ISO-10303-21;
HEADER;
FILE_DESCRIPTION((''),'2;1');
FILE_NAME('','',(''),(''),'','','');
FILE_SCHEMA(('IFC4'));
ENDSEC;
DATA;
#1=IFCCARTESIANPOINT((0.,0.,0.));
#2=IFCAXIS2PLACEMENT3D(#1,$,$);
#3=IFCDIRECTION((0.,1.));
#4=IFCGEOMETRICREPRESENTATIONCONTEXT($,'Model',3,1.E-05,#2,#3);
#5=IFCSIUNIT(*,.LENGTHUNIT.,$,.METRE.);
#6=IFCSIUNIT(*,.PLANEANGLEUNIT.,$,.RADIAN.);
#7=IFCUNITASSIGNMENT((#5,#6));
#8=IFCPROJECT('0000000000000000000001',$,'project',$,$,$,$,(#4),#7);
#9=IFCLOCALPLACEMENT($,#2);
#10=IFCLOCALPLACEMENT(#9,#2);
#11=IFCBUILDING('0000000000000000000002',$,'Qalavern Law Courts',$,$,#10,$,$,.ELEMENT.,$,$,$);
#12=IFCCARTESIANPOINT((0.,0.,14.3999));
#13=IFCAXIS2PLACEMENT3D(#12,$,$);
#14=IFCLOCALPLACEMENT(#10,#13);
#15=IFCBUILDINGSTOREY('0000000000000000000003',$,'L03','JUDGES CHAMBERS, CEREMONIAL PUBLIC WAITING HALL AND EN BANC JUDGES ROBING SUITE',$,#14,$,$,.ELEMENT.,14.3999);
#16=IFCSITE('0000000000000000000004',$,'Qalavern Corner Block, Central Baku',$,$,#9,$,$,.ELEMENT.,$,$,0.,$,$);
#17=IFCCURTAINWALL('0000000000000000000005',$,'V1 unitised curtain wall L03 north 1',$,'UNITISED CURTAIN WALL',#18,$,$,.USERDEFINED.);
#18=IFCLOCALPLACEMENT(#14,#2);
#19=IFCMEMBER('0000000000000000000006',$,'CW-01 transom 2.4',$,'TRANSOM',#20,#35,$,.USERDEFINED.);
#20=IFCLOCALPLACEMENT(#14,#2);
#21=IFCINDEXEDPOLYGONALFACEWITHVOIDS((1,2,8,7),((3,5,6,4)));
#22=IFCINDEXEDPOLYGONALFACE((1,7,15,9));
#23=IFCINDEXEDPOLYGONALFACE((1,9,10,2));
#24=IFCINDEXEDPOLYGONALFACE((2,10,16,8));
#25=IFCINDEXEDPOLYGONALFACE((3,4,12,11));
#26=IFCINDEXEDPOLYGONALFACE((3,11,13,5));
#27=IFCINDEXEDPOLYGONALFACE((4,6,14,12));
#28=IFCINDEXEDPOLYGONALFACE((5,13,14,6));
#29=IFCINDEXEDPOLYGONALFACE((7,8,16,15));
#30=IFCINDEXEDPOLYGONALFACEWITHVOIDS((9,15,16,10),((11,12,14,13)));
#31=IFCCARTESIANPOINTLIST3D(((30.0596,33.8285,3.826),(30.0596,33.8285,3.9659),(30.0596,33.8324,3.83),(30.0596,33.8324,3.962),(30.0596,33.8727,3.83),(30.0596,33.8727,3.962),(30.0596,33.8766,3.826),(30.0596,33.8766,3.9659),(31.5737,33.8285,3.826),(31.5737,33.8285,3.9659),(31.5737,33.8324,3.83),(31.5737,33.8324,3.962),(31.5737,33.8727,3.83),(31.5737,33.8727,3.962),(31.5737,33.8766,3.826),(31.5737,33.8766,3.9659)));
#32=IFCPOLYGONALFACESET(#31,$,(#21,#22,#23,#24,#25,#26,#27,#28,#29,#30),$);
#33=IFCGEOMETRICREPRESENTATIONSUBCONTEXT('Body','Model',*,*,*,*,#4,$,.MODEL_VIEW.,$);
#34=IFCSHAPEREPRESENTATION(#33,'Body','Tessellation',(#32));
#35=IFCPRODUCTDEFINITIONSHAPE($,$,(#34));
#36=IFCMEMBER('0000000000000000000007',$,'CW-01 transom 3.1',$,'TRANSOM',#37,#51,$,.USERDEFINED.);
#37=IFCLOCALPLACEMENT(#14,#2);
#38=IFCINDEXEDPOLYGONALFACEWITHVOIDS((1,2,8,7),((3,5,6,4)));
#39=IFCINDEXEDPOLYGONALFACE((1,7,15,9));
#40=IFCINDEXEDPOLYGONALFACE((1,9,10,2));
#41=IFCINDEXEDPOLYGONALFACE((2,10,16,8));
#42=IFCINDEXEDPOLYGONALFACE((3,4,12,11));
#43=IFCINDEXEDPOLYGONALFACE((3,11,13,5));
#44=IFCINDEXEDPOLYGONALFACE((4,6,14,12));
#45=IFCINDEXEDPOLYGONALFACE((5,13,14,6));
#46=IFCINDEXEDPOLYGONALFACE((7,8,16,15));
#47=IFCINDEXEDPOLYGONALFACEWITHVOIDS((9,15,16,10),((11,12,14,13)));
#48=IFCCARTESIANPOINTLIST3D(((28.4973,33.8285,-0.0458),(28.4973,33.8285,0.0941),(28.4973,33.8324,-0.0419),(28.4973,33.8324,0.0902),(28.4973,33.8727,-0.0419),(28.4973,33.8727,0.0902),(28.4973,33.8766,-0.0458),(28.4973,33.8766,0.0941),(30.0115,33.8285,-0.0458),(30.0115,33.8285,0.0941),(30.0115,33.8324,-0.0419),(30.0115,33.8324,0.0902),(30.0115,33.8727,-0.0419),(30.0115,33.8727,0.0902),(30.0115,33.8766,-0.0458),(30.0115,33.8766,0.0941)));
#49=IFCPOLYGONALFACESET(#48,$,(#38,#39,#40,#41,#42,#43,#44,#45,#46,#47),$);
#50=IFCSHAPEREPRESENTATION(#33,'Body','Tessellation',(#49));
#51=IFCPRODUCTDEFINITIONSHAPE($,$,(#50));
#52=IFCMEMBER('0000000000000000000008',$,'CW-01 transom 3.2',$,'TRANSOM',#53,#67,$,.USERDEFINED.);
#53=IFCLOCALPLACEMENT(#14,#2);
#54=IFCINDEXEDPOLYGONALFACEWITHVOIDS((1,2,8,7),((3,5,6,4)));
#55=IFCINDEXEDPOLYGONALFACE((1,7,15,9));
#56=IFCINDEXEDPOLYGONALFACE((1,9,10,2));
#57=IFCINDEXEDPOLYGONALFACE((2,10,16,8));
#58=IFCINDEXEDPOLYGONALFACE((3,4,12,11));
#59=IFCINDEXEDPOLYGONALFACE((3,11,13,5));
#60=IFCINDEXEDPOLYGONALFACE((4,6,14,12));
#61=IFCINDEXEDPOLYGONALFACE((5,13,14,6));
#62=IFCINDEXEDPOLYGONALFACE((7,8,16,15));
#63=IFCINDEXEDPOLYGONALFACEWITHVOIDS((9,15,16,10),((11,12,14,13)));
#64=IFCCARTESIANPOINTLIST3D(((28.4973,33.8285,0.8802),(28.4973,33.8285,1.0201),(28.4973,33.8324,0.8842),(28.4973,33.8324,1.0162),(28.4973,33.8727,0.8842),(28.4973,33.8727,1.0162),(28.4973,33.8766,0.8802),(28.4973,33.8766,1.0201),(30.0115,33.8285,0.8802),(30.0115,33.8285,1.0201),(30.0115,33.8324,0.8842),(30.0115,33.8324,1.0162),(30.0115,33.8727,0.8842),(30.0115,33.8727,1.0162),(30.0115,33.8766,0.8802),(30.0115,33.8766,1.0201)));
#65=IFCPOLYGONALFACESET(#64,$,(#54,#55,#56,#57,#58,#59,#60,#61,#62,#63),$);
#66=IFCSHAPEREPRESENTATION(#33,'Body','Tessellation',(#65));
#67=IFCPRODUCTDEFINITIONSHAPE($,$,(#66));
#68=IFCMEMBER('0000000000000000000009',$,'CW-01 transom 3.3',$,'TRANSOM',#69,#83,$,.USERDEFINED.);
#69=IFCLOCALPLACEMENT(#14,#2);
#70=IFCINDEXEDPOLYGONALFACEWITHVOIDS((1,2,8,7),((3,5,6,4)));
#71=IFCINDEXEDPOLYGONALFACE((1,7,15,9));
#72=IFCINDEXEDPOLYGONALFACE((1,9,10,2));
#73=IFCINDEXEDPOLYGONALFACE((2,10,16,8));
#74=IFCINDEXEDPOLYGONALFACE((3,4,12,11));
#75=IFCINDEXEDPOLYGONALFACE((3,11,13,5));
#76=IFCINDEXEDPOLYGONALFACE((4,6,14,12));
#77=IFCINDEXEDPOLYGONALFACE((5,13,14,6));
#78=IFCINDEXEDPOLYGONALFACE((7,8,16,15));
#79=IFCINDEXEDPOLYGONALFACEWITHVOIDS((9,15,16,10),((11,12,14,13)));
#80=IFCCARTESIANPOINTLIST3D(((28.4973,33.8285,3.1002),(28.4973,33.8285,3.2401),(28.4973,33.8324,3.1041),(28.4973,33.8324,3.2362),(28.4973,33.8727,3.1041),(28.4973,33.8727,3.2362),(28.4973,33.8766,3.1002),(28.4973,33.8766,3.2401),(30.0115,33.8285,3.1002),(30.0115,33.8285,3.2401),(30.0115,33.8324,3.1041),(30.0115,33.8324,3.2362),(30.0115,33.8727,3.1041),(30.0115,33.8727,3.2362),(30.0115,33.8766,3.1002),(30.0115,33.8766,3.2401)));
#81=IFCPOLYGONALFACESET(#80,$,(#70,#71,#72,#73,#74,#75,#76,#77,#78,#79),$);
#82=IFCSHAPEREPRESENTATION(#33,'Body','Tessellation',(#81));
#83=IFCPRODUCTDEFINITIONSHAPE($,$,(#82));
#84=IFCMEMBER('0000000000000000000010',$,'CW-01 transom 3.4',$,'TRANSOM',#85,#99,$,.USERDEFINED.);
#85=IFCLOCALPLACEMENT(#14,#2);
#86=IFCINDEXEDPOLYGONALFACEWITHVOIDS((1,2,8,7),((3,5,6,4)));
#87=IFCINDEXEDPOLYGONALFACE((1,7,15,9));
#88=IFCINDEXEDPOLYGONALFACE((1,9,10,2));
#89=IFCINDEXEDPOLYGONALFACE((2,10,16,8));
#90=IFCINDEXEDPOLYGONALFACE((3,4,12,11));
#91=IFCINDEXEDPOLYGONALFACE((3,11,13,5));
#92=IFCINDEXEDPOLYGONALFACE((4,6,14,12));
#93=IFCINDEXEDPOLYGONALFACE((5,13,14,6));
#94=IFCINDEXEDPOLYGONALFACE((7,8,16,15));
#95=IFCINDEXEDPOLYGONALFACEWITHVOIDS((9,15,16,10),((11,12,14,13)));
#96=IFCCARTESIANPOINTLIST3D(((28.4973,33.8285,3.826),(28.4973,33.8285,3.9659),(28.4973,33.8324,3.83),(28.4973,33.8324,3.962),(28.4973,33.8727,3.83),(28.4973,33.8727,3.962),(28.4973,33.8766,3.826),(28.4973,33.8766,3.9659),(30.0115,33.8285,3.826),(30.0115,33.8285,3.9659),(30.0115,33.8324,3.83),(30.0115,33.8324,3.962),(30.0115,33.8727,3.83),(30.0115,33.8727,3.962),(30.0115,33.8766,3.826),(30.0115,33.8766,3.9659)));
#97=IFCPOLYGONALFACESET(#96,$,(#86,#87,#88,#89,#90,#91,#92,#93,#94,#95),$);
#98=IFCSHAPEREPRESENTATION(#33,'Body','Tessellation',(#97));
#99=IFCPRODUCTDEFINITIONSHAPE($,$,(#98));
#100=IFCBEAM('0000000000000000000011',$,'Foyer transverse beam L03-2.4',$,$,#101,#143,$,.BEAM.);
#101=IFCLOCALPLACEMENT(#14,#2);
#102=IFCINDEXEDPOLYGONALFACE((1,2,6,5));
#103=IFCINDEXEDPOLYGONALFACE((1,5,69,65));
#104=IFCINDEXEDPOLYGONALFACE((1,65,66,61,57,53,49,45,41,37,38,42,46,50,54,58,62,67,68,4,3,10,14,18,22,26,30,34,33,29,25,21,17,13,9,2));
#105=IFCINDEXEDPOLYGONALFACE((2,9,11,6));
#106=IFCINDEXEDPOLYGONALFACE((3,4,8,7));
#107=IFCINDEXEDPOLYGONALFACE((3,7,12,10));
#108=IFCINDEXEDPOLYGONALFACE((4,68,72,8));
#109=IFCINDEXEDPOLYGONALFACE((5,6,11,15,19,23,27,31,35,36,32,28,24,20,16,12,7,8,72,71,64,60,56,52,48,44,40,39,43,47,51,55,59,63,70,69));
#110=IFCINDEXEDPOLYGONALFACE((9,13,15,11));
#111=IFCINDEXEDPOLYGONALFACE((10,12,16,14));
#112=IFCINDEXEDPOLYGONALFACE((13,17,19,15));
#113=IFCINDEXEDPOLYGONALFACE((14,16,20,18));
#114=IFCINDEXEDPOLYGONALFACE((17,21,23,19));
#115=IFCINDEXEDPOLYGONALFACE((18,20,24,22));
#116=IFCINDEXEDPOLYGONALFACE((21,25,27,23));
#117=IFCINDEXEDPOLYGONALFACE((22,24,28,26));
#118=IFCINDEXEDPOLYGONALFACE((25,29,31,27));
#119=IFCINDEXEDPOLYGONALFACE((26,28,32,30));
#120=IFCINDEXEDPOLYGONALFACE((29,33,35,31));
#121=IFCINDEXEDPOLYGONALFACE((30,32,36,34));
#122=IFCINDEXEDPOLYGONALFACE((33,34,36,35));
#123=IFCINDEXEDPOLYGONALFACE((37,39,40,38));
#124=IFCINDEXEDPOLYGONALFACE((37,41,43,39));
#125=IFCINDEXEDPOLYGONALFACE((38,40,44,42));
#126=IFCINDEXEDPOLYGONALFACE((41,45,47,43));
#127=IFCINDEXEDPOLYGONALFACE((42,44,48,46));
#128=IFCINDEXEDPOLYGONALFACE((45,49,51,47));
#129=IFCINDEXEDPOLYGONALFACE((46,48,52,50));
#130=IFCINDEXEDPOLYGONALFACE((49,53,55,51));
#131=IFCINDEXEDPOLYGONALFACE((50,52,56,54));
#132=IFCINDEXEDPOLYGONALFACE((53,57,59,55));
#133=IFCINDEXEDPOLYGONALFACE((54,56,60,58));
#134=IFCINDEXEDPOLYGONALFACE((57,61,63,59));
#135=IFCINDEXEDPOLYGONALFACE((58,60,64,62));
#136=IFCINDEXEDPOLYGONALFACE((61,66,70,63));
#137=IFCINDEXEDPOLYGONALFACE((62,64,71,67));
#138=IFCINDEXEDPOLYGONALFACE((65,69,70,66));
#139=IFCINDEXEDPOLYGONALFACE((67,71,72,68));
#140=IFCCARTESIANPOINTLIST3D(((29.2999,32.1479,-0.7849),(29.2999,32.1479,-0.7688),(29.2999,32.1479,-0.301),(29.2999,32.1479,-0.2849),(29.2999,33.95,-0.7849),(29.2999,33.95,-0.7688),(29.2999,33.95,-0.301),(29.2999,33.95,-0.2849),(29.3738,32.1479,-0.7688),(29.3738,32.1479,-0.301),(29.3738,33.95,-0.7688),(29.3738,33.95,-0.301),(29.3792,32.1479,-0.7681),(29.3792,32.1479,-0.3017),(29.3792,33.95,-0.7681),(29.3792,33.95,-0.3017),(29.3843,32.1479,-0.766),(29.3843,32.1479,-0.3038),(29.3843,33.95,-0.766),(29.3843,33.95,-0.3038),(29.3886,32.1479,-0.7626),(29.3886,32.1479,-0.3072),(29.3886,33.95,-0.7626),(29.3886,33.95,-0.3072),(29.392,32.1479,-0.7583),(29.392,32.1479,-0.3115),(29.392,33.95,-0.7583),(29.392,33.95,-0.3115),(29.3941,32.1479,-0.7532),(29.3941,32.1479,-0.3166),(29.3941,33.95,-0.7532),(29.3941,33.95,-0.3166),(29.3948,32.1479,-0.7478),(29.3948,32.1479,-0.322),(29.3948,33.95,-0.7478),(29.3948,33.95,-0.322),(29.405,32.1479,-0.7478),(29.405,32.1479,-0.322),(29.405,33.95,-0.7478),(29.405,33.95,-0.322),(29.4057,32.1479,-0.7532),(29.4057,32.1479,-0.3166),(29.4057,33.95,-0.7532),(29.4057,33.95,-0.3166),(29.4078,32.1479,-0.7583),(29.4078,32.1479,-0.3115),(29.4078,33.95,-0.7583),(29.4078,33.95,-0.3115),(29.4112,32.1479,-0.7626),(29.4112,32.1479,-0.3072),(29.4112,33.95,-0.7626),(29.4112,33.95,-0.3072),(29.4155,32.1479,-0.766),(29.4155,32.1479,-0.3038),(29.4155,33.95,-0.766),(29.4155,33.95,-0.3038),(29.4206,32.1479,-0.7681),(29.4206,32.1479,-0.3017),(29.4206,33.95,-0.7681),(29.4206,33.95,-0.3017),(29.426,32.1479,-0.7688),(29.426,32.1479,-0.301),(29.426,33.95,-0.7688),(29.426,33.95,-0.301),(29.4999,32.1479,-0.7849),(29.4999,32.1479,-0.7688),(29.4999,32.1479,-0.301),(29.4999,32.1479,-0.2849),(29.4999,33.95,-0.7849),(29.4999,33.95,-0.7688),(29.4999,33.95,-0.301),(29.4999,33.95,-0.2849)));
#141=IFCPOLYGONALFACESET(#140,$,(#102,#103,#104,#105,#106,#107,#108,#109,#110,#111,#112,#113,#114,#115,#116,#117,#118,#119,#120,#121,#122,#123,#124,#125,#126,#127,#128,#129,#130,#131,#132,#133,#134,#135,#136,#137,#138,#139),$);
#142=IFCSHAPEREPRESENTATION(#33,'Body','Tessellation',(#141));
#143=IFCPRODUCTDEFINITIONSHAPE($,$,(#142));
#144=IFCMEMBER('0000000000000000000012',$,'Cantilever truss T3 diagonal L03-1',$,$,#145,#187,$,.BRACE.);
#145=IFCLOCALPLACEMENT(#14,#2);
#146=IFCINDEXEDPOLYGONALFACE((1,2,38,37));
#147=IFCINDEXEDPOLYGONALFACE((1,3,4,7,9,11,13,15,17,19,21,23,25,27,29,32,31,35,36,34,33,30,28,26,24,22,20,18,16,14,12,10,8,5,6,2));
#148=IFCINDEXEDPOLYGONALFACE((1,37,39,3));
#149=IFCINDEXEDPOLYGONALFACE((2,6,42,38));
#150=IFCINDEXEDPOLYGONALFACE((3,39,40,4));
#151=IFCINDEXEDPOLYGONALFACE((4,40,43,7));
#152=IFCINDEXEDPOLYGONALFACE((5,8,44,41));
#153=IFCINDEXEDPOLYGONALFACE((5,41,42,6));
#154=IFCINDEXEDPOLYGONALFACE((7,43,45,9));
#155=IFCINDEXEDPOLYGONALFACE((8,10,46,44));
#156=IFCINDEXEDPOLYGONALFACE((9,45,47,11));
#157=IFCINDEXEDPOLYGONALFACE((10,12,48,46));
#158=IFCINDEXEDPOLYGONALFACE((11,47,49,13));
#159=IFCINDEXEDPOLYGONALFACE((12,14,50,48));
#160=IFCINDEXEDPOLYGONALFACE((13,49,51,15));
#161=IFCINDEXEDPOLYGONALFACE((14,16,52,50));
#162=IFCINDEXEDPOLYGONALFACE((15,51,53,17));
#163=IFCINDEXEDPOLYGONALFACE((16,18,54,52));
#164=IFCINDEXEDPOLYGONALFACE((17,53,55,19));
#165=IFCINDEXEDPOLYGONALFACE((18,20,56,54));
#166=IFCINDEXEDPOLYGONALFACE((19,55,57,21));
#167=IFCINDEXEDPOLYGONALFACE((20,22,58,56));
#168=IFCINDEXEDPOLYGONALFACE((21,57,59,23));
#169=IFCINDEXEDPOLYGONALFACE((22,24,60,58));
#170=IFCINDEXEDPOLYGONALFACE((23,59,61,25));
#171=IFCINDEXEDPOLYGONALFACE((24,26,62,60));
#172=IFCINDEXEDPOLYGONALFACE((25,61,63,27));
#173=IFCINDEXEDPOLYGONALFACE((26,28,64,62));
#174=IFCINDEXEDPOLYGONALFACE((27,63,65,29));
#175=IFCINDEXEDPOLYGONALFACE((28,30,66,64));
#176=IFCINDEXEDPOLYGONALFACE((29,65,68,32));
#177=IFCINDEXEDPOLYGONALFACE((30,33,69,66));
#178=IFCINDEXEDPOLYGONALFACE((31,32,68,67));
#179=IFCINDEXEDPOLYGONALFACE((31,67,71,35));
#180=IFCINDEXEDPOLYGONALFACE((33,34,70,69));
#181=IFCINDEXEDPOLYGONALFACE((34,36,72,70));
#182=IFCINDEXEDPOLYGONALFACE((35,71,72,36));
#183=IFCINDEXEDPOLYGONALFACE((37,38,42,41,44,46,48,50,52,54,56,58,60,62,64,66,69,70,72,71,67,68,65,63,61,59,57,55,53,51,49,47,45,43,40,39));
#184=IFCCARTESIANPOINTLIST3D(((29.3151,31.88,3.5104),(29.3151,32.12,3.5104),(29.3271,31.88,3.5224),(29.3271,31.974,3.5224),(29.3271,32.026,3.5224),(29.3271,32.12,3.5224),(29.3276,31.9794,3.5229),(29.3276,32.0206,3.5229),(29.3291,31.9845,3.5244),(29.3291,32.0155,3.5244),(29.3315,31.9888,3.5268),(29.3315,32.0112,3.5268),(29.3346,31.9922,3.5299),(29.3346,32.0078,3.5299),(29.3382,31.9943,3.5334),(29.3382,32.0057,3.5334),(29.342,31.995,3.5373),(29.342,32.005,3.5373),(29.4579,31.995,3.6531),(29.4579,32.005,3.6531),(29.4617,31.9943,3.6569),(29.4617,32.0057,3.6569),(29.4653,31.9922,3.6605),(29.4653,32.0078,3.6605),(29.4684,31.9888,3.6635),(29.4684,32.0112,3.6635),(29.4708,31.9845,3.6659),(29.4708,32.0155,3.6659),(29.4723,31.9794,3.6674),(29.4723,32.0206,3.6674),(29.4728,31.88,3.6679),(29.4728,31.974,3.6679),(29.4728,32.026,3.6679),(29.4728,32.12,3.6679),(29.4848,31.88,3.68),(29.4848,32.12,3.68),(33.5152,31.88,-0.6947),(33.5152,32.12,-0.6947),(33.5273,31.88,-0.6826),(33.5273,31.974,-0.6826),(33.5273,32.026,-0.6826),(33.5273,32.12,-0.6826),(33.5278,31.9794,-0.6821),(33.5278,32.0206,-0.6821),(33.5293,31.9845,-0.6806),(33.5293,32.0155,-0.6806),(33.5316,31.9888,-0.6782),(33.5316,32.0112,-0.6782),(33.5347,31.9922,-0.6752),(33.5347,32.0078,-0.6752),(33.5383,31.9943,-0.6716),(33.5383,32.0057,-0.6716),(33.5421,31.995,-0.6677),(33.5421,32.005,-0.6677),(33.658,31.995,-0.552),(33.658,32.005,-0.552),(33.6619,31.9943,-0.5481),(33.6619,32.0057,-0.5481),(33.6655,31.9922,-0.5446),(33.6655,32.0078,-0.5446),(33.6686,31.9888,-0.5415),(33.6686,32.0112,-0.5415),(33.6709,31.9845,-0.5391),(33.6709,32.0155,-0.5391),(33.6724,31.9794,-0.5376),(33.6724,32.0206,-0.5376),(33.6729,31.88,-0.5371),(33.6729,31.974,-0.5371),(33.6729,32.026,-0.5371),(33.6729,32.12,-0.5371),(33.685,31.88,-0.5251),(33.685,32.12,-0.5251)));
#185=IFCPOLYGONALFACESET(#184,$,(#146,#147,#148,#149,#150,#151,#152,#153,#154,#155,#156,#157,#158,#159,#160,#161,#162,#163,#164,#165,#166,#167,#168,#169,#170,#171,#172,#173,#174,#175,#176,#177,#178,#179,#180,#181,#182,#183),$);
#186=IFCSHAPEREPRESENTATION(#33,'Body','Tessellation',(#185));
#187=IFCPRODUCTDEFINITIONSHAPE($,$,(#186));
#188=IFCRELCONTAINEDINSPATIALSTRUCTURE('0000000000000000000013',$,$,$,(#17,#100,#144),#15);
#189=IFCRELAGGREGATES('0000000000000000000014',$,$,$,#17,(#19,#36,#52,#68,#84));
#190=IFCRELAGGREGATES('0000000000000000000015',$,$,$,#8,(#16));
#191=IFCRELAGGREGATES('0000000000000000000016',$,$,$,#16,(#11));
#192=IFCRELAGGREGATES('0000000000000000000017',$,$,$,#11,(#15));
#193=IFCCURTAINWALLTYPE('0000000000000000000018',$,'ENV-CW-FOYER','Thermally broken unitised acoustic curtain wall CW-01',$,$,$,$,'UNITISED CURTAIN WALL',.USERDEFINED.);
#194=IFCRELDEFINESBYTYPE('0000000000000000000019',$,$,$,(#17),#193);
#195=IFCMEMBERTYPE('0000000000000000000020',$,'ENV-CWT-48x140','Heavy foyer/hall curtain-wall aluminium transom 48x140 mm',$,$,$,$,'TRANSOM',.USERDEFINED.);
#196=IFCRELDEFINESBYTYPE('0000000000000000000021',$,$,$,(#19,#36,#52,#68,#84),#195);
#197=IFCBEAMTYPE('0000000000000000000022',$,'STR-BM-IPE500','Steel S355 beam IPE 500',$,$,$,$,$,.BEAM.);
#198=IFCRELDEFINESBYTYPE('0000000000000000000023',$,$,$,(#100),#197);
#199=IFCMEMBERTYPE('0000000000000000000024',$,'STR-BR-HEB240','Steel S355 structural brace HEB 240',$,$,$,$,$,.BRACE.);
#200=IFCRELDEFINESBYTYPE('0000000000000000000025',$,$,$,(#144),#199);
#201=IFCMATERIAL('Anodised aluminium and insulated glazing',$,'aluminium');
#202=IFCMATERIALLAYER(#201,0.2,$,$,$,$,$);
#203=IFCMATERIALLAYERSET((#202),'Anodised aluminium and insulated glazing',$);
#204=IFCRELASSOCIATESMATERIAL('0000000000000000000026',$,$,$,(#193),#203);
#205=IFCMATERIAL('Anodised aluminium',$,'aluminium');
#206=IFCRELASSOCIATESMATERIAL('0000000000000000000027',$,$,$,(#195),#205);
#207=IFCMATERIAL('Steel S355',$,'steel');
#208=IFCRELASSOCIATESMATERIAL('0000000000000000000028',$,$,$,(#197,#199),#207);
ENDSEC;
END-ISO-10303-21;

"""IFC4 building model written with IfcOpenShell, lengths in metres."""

from ifc_helpers import new_model, si_unit, direction, frame, origin, origin_2d, place, context, subcontext, project, spatial, hollow_rectangle, i_section, extrude, material, layer, layer_set, material_profile, profile_set, type_object, element, aggregate, save


model = new_model("IFC4")

# Units and contexts
model_context = context("Model", 3, precision=1e-05, world=origin(), true_north=direction((0.0, 1.0)))
body_context = subcontext(model_context, "Body", "Model", "MODEL_VIEW")
ifc_project = project(units=[si_unit("LENGTHUNIT", "METRE"), si_unit("PLANEANGLEUNIT", "RADIAN")], contexts=[model_context])

# Site, building, storey
site_placement = place(None, origin())
site = spatial("IfcSite", under=ifc_project, at=site_placement, Name="Qalavern Corner Block, Central Baku", CompositionType="ELEMENT", RefElevation=0.0)
building_placement = place(site_placement, origin())
building = spatial("IfcBuilding", under=site, at=building_placement, Name="Qalavern Law Courts", CompositionType="ELEMENT")
storey_placement = place(building_placement, frame((0.0, 0.0, 14.3999)))
storey = spatial("IfcBuildingStorey", under=building, at=storey_placement, Name="L03", Description="JUDGES CHAMBERS, CEREMONIAL PUBLIC WAITING HALL AND EN BANC JUDGES ROBING SUITE", CompositionType="ELEMENT", Elevation=14.3999)

# Curtain wall, members
ifc_material_1 = material(Name="Anodised aluminium and insulated glazing", Category="aluminium")
ifc_layer_1 = layer(ifc_material_1, 0.2)
ifc_layer_set_1 = layer_set([ifc_layer_1], Name="Anodised aluminium and insulated glazing")
curtain_wall_type = type_object("IfcCurtainWallType", Name="ENV-CW-FOYER", Description="Thermally broken unitised acoustic curtain wall CW-01", ElementType="UNITISED CURTAIN WALL", PredefinedType="USERDEFINED", material=ifc_layer_set_1)
curtain_wall_placement = place(storey_placement, origin())
curtain_wall = element("IfcCurtainWall", 1, at=curtain_wall_placement, inside=storey, type_object=curtain_wall_type, Name="V1 unitised curtain wall L03 north 1", ObjectType="UNITISED CURTAIN WALL", PredefinedType="USERDEFINED")
ifc_material_2 = material(Name="Anodised aluminium", Category="aluminium")
ifc_material_profile_1 = material_profile(ifc_material_2, hollow_rectangle(XDim=0.0481, YDim=0.1399, WallThickness=0.0039, at=origin_2d()), Name="ALU TRANSOM 48x140")
ifc_profile_set_1 = profile_set([ifc_material_profile_1], Name="Anodised aluminium")
member_type_1 = type_object("IfcMemberType", Name="ENV-CWT-48x140", Description="Heavy foyer/hall curtain-wall aluminium transom 48x140 mm", ElementType="TRANSOM", PredefinedType="USERDEFINED", material=ifc_profile_set_1)
member_1_placement = place(storey_placement, frame((31.5737, 33.8525, 3.896), z_axis=(-1.0, 0.0, 0.0), x_axis=(0.0, -1.0, 0.0)))
member_1 = element("IfcMember", 2, at=member_1_placement, type_object=member_type_1, Name="CW-01 transom 2.4", ObjectType="TRANSOM", PredefinedType="USERDEFINED", context=body_context, shape_type="SweptSolid", body=[
    extrude(hollow_rectangle(XDim=0.0481, YDim=0.1399, WallThickness=0.0039, at=origin_2d()), origin(), (0.0, 0.0, 1.0), 1.5142),
])
member_2_placement = place(storey_placement, frame((30.0115, 33.8525, 0.0242), z_axis=(-1.0, 0.0, 0.0), x_axis=(0.0, -1.0, 0.0)))
member_2 = element("IfcMember", 3, at=member_2_placement, type_object=member_type_1, Name="CW-01 transom 3.1", ObjectType="TRANSOM", PredefinedType="USERDEFINED", context=body_context, shape_type="SweptSolid", body=[
    extrude(hollow_rectangle(XDim=0.0481, YDim=0.1399, WallThickness=0.0039, at=origin_2d()), origin(), (0.0, 0.0, 1.0), 1.5142),
])
member_3_placement = place(storey_placement, frame((30.0115, 33.8525, 0.9502), z_axis=(-1.0, 0.0, 0.0), x_axis=(0.0, -1.0, 0.0)))
member_3 = element("IfcMember", 4, at=member_3_placement, type_object=member_type_1, Name="CW-01 transom 3.2", ObjectType="TRANSOM", PredefinedType="USERDEFINED", context=body_context, shape_type="SweptSolid", body=[
    extrude(hollow_rectangle(XDim=0.0481, YDim=0.1399, WallThickness=0.0039, at=origin_2d()), origin(), (0.0, 0.0, 1.0), 1.5142),
])
member_4_placement = place(storey_placement, frame((30.0115, 33.8525, 3.1702), z_axis=(-1.0, 0.0, 0.0), x_axis=(0.0, -1.0, 0.0)))
member_4 = element("IfcMember", 5, at=member_4_placement, type_object=member_type_1, Name="CW-01 transom 3.3", ObjectType="TRANSOM", PredefinedType="USERDEFINED", context=body_context, shape_type="SweptSolid", body=[
    extrude(hollow_rectangle(XDim=0.0481, YDim=0.1399, WallThickness=0.0039, at=origin_2d()), origin(), (0.0, 0.0, 1.0), 1.5142),
])
member_5_placement = place(storey_placement, frame((30.0115, 33.8525, 3.896), z_axis=(-1.0, 0.0, 0.0), x_axis=(0.0, -1.0, 0.0)))
member_5 = element("IfcMember", 6, at=member_5_placement, type_object=member_type_1, Name="CW-01 transom 3.4", ObjectType="TRANSOM", PredefinedType="USERDEFINED", context=body_context, shape_type="SweptSolid", body=[
    extrude(hollow_rectangle(XDim=0.0481, YDim=0.1399, WallThickness=0.0039, at=origin_2d()), origin(), (0.0, 0.0, 1.0), 1.5142),
])

# Beam
ifc_material_3 = material(Name="Steel S355", Category="steel")
ifc_material_profile_2 = material_profile(ifc_material_3, i_section(OverallWidth=0.2, OverallDepth=0.5, WebThickness=0.0103, FlangeThickness=0.0161, FilletRadius=0.021, at=origin_2d()), Name="IPE 500")
ifc_profile_set_2 = profile_set([ifc_material_profile_2], Name="Steel S355")
beam_type_1 = type_object("IfcBeamType", Name="STR-BM-IPE500", Description="Steel S355 beam IPE 500", PredefinedType="BEAM", material=ifc_profile_set_2)
beam_1_placement = place(storey_placement, frame((29.3999, 32.1479, -0.5349), z_axis=(0.0, 1.0, 0.0), x_axis=(-1.0, 0.0, 0.0)))
element("IfcBeam", 7, at=beam_1_placement, inside=storey, type_object=beam_type_1, Name="Foyer transverse beam L03-2.4", PredefinedType="BEAM", context=body_context, shape_type="SweptSolid", body=[
    extrude(i_section(OverallWidth=0.2, OverallDepth=0.5, WebThickness=0.0103, FlangeThickness=0.0161, FilletRadius=0.021, at=origin_2d()), origin(), (0.0, 0.0, 1.0), 1.802),
])

# Member
ifc_material_profile_3 = material_profile(ifc_material_3, i_section(OverallWidth=0.24, OverallDepth=0.24, WebThickness=0.01, FlangeThickness=0.0171, FilletRadius=0.021, at=origin_2d()), Name="HEB 240")
ifc_profile_set_3 = profile_set([ifc_material_profile_3], Name="Steel S355")
member_type_2 = type_object("IfcMemberType", Name="STR-BR-HEB240", Description="Steel S355 structural brace HEB 240", PredefinedType="BRACE", material=ifc_profile_set_3)
member_6_placement = place(storey_placement, frame((33.6001, 32.0, -0.6099), z_axis=(-0.706696, 0.0, 0.707517), x_axis=(0.0, -1.0, 0.0)))
element("IfcMember", 8, at=member_6_placement, inside=storey, type_object=member_type_2, Name="Cantilever truss T3 diagonal L03-1", PredefinedType="BRACE", context=body_context, shape_type="SweptSolid", body=[
    extrude(i_section(OverallWidth=0.24, OverallDepth=0.24, WebThickness=0.01, FlangeThickness=0.0171, FilletRadius=0.021, at=origin_2d()), origin(), (0.0, 0.0, 1.0), 5.9434),
])

aggregate(curtain_wall, [member_1, member_2, member_3, member_4, member_5])

save(model, "model.ifc")
